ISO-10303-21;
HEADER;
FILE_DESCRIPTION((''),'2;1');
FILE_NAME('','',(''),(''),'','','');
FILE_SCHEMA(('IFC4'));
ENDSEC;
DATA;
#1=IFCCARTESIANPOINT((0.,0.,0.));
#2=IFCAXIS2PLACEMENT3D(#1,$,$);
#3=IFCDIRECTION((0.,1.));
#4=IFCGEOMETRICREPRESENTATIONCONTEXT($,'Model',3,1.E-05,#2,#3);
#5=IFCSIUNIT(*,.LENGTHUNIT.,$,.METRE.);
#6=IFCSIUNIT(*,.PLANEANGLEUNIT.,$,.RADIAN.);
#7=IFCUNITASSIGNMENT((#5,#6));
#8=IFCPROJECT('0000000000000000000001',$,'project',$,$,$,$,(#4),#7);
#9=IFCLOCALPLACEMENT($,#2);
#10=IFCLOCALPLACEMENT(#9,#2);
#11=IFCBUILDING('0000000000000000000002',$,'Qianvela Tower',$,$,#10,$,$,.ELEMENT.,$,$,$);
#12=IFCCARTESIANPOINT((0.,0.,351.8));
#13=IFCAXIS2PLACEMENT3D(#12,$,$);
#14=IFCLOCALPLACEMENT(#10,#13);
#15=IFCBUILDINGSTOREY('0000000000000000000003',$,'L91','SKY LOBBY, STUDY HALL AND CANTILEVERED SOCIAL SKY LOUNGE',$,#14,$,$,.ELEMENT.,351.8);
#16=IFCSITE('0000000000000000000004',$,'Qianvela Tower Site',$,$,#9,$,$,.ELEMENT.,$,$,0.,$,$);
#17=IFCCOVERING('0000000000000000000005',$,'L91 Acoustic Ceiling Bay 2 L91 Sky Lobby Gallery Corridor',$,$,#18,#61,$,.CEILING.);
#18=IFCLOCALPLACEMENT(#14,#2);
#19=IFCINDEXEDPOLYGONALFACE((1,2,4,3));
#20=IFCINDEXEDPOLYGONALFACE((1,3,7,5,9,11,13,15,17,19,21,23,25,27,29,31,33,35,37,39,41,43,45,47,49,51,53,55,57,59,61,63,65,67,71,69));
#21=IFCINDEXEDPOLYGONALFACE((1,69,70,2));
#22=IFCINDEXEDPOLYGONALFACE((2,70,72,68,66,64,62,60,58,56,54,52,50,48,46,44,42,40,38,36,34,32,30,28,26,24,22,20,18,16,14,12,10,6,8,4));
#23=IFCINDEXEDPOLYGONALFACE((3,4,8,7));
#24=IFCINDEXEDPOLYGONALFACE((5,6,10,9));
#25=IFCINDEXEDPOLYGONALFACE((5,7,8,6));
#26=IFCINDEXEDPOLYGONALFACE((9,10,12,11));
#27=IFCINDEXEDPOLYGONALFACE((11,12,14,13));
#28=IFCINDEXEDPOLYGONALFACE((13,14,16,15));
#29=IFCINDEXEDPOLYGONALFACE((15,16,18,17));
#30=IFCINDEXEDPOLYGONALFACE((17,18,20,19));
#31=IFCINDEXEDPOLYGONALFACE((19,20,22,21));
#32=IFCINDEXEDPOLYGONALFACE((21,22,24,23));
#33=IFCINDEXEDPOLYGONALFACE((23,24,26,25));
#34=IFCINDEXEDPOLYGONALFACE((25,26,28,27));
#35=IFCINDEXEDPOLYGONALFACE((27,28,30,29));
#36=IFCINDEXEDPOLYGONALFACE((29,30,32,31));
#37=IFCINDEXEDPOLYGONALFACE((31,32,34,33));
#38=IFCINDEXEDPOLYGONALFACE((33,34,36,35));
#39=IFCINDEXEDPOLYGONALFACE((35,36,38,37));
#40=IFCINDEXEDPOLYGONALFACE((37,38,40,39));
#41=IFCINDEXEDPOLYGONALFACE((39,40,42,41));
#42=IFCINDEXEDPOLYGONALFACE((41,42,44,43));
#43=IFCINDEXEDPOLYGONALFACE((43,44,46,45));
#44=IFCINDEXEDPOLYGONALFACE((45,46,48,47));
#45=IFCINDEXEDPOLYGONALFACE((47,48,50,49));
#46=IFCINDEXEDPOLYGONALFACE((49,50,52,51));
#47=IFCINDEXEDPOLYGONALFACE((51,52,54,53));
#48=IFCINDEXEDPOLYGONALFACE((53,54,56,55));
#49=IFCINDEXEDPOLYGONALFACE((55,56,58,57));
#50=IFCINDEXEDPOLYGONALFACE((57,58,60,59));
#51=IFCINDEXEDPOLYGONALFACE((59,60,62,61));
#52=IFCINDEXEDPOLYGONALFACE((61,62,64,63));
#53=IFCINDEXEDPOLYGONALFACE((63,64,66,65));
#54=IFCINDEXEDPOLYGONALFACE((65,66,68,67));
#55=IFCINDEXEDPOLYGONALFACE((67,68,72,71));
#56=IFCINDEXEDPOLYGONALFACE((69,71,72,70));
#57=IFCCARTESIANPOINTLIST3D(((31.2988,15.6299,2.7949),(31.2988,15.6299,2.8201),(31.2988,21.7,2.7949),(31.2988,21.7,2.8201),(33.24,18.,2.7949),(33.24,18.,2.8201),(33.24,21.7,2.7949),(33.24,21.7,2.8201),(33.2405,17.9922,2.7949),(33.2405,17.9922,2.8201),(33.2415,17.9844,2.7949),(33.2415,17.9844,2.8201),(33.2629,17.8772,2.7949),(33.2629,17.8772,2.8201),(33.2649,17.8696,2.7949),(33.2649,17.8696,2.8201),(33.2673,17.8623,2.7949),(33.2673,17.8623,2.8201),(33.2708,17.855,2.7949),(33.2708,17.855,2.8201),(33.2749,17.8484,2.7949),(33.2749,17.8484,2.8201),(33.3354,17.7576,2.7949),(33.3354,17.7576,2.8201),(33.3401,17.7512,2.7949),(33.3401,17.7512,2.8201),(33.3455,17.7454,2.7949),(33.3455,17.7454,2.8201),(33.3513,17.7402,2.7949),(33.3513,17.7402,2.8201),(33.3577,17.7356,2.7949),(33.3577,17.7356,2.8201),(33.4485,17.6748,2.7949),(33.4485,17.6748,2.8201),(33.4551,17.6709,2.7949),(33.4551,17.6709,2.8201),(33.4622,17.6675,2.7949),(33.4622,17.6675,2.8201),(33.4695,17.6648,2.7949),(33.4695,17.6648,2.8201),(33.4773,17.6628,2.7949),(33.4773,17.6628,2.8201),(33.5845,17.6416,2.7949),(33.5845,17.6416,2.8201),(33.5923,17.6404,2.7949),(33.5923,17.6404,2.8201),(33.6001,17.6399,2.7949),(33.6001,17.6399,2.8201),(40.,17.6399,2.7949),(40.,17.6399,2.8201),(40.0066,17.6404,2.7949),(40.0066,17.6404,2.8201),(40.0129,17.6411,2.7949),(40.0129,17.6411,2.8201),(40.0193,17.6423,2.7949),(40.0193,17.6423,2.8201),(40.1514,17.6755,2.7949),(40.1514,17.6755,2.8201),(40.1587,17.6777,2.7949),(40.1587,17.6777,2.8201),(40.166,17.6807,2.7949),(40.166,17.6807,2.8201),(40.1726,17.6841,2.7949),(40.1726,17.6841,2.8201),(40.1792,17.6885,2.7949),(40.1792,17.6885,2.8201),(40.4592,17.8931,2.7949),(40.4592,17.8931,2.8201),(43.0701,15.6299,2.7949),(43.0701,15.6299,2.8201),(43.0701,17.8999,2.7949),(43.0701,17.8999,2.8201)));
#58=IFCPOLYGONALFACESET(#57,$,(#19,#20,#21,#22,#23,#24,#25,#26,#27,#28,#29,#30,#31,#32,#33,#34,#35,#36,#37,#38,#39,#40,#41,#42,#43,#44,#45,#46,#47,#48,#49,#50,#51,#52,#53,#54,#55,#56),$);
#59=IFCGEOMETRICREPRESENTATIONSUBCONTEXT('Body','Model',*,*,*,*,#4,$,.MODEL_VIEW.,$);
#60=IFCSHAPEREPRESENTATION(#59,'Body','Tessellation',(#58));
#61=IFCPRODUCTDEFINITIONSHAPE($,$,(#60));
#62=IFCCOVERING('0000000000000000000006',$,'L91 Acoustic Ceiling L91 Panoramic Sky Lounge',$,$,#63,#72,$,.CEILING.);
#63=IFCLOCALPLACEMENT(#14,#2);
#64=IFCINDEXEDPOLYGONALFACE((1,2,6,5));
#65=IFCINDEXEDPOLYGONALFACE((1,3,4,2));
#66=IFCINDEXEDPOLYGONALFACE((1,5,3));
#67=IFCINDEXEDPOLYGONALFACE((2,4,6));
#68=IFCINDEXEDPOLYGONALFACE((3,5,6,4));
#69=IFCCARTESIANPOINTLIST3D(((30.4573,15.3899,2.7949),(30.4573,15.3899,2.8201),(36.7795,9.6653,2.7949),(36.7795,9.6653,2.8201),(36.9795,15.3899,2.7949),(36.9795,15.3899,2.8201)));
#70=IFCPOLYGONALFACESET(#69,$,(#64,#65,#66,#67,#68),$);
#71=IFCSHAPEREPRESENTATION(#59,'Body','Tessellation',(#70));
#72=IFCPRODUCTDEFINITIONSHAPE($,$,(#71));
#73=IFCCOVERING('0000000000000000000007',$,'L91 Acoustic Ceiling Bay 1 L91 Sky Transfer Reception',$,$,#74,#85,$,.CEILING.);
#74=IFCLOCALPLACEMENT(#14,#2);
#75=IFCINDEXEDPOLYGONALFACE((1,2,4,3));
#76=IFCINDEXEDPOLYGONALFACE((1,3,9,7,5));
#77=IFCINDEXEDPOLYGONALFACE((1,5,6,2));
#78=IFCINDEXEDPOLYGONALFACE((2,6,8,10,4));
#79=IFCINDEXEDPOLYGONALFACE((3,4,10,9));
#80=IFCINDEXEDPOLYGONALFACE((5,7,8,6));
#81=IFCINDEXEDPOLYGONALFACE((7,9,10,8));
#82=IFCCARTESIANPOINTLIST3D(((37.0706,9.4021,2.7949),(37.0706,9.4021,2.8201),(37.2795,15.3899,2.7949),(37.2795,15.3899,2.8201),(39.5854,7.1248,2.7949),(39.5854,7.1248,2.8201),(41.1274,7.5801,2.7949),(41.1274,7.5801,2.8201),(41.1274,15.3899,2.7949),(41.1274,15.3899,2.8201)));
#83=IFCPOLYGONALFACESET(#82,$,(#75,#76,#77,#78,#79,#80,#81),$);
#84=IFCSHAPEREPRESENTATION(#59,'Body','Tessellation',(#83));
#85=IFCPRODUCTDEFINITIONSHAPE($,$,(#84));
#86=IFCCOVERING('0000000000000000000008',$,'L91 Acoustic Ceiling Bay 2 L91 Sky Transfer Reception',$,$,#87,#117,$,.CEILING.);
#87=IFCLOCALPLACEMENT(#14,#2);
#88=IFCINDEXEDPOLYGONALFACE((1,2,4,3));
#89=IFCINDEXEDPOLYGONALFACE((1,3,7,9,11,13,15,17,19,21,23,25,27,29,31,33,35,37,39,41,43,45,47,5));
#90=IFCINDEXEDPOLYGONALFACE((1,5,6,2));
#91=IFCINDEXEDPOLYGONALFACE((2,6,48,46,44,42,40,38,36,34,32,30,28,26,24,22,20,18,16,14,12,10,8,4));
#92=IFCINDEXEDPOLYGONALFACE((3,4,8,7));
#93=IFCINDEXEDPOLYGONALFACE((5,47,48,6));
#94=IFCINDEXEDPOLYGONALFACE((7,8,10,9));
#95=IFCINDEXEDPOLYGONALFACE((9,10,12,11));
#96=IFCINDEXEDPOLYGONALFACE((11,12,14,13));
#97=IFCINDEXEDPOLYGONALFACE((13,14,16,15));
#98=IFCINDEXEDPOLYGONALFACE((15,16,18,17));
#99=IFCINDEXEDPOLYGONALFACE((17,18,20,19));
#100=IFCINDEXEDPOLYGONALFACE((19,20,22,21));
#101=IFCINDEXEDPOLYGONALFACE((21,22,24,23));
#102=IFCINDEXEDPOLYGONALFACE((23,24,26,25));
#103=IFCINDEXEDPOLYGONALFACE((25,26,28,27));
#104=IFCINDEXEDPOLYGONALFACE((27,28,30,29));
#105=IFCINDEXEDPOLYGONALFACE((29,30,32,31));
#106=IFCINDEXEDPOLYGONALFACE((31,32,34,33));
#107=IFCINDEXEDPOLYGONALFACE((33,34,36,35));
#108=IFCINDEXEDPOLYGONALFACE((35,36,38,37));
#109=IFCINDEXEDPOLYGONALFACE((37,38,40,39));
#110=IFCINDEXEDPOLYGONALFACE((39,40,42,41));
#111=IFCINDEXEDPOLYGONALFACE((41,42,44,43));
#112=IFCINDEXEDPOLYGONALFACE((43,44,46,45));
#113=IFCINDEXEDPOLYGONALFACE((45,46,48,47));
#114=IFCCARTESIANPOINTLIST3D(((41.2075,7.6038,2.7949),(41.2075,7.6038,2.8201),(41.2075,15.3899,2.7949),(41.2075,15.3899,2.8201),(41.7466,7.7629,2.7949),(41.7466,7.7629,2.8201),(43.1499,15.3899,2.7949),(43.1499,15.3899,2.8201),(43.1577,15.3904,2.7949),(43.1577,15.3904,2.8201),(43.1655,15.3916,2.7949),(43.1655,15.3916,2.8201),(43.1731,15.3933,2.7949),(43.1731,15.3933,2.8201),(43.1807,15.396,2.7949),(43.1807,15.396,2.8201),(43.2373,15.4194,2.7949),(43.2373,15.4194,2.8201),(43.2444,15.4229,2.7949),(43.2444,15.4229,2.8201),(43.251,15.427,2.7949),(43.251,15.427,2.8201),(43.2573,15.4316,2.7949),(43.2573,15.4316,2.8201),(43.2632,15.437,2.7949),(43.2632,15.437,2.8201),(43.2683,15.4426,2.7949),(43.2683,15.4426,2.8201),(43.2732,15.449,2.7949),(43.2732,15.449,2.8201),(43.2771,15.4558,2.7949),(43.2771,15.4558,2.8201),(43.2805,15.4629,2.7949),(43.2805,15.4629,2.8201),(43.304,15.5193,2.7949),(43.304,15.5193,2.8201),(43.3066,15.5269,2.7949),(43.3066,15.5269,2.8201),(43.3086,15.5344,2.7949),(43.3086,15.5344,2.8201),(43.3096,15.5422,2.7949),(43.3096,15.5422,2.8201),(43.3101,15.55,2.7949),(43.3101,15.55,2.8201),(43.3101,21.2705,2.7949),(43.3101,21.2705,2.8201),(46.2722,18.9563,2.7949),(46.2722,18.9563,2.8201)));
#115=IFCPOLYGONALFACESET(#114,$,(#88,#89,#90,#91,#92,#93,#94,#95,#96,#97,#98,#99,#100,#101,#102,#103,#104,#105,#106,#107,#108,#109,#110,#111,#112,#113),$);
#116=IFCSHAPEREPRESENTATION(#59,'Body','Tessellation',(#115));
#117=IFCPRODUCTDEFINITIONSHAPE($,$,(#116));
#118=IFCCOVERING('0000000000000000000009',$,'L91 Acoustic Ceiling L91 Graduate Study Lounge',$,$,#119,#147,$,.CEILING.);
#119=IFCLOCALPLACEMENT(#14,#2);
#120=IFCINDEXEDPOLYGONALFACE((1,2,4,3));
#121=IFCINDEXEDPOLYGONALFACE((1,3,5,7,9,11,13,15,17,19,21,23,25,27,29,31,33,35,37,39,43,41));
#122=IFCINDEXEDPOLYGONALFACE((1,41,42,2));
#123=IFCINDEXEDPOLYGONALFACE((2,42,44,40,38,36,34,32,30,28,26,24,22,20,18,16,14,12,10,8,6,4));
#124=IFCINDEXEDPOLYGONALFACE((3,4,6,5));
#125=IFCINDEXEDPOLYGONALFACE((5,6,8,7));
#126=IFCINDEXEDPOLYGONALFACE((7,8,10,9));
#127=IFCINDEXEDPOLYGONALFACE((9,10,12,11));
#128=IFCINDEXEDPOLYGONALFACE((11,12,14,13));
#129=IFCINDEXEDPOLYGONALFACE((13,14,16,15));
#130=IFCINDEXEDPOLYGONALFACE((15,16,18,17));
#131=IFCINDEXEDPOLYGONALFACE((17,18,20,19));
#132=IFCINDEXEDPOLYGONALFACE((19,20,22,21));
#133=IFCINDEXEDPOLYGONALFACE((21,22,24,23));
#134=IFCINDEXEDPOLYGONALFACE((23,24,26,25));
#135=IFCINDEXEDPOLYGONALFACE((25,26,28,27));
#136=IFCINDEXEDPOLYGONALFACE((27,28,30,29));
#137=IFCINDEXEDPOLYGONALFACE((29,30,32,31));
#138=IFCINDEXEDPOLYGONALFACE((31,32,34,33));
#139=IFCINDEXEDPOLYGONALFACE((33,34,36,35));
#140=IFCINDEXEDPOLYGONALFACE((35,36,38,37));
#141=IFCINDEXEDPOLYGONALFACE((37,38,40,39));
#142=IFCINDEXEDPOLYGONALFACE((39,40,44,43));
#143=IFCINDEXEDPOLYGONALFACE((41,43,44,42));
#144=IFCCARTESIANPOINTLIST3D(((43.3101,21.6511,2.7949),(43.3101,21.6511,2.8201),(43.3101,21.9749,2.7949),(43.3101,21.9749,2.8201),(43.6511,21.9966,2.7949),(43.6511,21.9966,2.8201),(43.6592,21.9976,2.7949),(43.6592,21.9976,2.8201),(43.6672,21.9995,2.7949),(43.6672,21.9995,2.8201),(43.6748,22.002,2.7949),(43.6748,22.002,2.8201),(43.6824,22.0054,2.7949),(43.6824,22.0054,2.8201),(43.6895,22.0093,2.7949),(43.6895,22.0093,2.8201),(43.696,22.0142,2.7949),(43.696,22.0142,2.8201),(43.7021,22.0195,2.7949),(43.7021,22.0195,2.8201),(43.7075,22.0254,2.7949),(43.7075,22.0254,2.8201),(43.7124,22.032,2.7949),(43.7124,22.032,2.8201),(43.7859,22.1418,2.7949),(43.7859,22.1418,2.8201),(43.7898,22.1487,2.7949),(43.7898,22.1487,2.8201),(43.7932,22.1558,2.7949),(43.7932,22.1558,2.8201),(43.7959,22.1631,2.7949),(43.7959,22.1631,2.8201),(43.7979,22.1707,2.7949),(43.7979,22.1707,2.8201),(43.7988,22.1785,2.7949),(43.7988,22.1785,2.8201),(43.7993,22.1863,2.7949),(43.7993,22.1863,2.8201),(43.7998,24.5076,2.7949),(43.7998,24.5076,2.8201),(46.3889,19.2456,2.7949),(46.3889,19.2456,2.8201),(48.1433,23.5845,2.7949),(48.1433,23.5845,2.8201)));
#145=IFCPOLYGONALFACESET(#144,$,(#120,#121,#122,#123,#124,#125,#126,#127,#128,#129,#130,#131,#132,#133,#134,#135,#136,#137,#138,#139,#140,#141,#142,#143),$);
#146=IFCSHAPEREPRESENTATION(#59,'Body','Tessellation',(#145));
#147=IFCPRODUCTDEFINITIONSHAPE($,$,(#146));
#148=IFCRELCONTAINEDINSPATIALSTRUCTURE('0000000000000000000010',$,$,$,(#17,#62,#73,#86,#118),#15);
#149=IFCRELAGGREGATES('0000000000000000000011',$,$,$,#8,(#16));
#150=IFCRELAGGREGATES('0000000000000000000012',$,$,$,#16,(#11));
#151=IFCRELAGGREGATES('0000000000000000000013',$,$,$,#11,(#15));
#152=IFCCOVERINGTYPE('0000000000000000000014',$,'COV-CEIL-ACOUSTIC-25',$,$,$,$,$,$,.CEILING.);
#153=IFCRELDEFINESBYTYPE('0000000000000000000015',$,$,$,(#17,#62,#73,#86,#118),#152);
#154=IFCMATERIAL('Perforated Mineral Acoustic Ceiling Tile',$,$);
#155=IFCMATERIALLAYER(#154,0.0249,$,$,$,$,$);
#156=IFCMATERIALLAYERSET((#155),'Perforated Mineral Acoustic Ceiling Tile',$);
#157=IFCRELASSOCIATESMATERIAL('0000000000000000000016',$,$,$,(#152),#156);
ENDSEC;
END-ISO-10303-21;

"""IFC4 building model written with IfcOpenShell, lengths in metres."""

from ifc_helpers import new_model, si_unit, direction, frame, origin, place, context, subcontext, project, spatial, polyline, outline, extrude, material, layer, layer_set, type_object, element, save


model = new_model("IFC4")

# Units and contexts
model_context = context("Model", 3, precision=1e-05, world=origin(), true_north=direction((0.0, 1.0)))
body_context = subcontext(model_context, "Body", "Model", "MODEL_VIEW")
ifc_project = project(units=[si_unit("LENGTHUNIT", "METRE"), si_unit("PLANEANGLEUNIT", "RADIAN")], contexts=[model_context])

# Site, building, storey
site_placement = place(None, origin())
site = spatial("IfcSite", under=ifc_project, at=site_placement, Name="Qianvela Tower Site", CompositionType="ELEMENT", RefElevation=0.0)
building_placement = place(site_placement, origin())
building = spatial("IfcBuilding", under=site, at=building_placement, Name="Qianvela Tower", CompositionType="ELEMENT")
storey_placement = place(building_placement, frame((0.0, 0.0, 351.8)))
storey = spatial("IfcBuildingStorey", under=building, at=storey_placement, Name="L91", Description="SKY LOBBY, STUDY HALL AND CANTILEVERED SOCIAL SKY LOUNGE", CompositionType="ELEMENT", Elevation=351.8)

# Coverings
ifc_material_1 = material(Name="Perforated Mineral Acoustic Ceiling Tile")
ifc_layer_1 = layer(ifc_material_1, 0.0249)
ifc_layer_set_1 = layer_set([ifc_layer_1], Name="Perforated Mineral Acoustic Ceiling Tile")
covering_type_1 = type_object("IfcCoveringType", Name="COV-CEIL-ACOUSTIC-25", PredefinedType="CEILING", material=ifc_layer_set_1)
covering_1_placement = place(storey_placement, frame((0.0, 0.0, 2.7949)))
element("IfcCovering", 1, at=covering_1_placement, inside=storey, type_object=covering_type_1, Name="L91 Acoustic Ceiling Bay 2 L91 Sky Lobby Gallery Corridor", PredefinedType="CEILING", context=body_context, shape_type="SweptSolid", body=[
    extrude(outline(polyline([(33.24, 21.7), (33.24, 18.0), (33.2405, 17.9922), (33.2415, 17.9844), (33.2629, 17.8772), (33.2649, 17.8696), (33.2673, 17.8623), (33.2708, 17.855), (33.2749, 17.8484), (33.3354, 17.7576), (33.3401, 17.7512), (33.3455, 17.7454), (33.3513, 17.7402), (33.3577, 17.7356), (33.4485, 17.6748), (33.4551, 17.6709), (33.4622, 17.6675), (33.4695, 17.6648), (33.4773, 17.6628), (33.5845, 17.6416), (33.5923, 17.6404), (33.6001, 17.6399), (40.0, 17.6399), (40.0066, 17.6404), (40.0129, 17.6411), (40.0193, 17.6423), (40.1514, 17.6755), (40.1587, 17.6777), (40.166, 17.6807), (40.1726, 17.6841), (40.1792, 17.6885), (40.4592, 17.8931), (43.0701, 17.8999), (43.0701, 15.6299), (31.2988, 15.6299), (31.2988, 21.7), (33.24, 21.7)])), origin(), (0.0, 0.0, 1.0), 0.0251),
])
covering_2_placement = place(storey_placement, frame((0.0, 0.0, 2.7949)))
element("IfcCovering", 2, at=covering_2_placement, inside=storey, type_object=covering_type_1, Name="L91 Acoustic Ceiling L91 Panoramic Sky Lounge", PredefinedType="CEILING", context=body_context, shape_type="SweptSolid", body=[
    extrude(outline(polyline([(36.7795, 9.6653), (30.4573, 15.3899), (36.9795, 15.3899), (36.7795, 9.6653)])), origin(), (0.0, 0.0, 1.0), 0.0251),
])
covering_3_placement = place(storey_placement, frame((0.0, 0.0, 2.7949)))
element("IfcCovering", 3, at=covering_3_placement, inside=storey, type_object=covering_type_1, Name="L91 Acoustic Ceiling Bay 1 L91 Sky Transfer Reception", PredefinedType="CEILING", context=body_context, shape_type="SweptSolid", body=[
    extrude(outline(polyline([(41.1274, 15.3899), (41.1274, 7.5801), (39.5854, 7.1248), (37.0706, 9.4021), (37.2795, 15.3899), (41.1274, 15.3899)])), origin(), (0.0, 0.0, 1.0), 0.0251),
])
covering_4_placement = place(storey_placement, frame((0.0, 0.0, 2.7949)))
element("IfcCovering", 4, at=covering_4_placement, inside=storey, type_object=covering_type_1, Name="L91 Acoustic Ceiling Bay 2 L91 Sky Transfer Reception", PredefinedType="CEILING", context=body_context, shape_type="SweptSolid", body=[
    extrude(outline(polyline([(43.1499, 15.3899), (43.1577, 15.3904), (43.1655, 15.3916), (43.1731, 15.3933), (43.1807, 15.396), (43.2373, 15.4194), (43.2444, 15.4229), (43.251, 15.427), (43.2573, 15.4316), (43.2632, 15.437), (43.2683, 15.4426), (43.2732, 15.449), (43.2771, 15.4558), (43.2805, 15.4629), (43.304, 15.5193), (43.3066, 15.5269), (43.3086, 15.5344), (43.3096, 15.5422), (43.3101, 15.55), (43.3101, 21.2705), (46.2722, 18.9563), (41.7466, 7.7629), (41.2075, 7.6038), (41.2075, 15.3899), (43.1499, 15.3899)])), origin(), (0.0, 0.0, 1.0), 0.0251),
])
covering_5_placement = place(storey_placement, frame((0.0, 0.0, 2.7949)))
element("IfcCovering", 5, at=covering_5_placement, inside=storey, type_object=covering_type_1, Name="L91 Acoustic Ceiling L91 Graduate Study Lounge", PredefinedType="CEILING", context=body_context, shape_type="SweptSolid", body=[
    extrude(outline(polyline([(43.6511, 21.9966), (43.6592, 21.9976), (43.6672, 21.9995), (43.6748, 22.002), (43.6824, 22.0054), (43.6895, 22.0093), (43.696, 22.0142), (43.7021, 22.0195), (43.7075, 22.0254), (43.7124, 22.032), (43.7859, 22.1418), (43.7898, 22.1487), (43.7932, 22.1558), (43.7959, 22.1631), (43.7979, 22.1707), (43.7988, 22.1785), (43.7993, 22.1863), (43.7998, 24.5076), (48.1433, 23.5845), (46.3889, 19.2456), (43.3101, 21.6511), (43.3101, 21.9749), (43.6511, 21.9966)])), origin(), (0.0, 0.0, 1.0), 0.0251),
])

save(model, "model.ifc")
